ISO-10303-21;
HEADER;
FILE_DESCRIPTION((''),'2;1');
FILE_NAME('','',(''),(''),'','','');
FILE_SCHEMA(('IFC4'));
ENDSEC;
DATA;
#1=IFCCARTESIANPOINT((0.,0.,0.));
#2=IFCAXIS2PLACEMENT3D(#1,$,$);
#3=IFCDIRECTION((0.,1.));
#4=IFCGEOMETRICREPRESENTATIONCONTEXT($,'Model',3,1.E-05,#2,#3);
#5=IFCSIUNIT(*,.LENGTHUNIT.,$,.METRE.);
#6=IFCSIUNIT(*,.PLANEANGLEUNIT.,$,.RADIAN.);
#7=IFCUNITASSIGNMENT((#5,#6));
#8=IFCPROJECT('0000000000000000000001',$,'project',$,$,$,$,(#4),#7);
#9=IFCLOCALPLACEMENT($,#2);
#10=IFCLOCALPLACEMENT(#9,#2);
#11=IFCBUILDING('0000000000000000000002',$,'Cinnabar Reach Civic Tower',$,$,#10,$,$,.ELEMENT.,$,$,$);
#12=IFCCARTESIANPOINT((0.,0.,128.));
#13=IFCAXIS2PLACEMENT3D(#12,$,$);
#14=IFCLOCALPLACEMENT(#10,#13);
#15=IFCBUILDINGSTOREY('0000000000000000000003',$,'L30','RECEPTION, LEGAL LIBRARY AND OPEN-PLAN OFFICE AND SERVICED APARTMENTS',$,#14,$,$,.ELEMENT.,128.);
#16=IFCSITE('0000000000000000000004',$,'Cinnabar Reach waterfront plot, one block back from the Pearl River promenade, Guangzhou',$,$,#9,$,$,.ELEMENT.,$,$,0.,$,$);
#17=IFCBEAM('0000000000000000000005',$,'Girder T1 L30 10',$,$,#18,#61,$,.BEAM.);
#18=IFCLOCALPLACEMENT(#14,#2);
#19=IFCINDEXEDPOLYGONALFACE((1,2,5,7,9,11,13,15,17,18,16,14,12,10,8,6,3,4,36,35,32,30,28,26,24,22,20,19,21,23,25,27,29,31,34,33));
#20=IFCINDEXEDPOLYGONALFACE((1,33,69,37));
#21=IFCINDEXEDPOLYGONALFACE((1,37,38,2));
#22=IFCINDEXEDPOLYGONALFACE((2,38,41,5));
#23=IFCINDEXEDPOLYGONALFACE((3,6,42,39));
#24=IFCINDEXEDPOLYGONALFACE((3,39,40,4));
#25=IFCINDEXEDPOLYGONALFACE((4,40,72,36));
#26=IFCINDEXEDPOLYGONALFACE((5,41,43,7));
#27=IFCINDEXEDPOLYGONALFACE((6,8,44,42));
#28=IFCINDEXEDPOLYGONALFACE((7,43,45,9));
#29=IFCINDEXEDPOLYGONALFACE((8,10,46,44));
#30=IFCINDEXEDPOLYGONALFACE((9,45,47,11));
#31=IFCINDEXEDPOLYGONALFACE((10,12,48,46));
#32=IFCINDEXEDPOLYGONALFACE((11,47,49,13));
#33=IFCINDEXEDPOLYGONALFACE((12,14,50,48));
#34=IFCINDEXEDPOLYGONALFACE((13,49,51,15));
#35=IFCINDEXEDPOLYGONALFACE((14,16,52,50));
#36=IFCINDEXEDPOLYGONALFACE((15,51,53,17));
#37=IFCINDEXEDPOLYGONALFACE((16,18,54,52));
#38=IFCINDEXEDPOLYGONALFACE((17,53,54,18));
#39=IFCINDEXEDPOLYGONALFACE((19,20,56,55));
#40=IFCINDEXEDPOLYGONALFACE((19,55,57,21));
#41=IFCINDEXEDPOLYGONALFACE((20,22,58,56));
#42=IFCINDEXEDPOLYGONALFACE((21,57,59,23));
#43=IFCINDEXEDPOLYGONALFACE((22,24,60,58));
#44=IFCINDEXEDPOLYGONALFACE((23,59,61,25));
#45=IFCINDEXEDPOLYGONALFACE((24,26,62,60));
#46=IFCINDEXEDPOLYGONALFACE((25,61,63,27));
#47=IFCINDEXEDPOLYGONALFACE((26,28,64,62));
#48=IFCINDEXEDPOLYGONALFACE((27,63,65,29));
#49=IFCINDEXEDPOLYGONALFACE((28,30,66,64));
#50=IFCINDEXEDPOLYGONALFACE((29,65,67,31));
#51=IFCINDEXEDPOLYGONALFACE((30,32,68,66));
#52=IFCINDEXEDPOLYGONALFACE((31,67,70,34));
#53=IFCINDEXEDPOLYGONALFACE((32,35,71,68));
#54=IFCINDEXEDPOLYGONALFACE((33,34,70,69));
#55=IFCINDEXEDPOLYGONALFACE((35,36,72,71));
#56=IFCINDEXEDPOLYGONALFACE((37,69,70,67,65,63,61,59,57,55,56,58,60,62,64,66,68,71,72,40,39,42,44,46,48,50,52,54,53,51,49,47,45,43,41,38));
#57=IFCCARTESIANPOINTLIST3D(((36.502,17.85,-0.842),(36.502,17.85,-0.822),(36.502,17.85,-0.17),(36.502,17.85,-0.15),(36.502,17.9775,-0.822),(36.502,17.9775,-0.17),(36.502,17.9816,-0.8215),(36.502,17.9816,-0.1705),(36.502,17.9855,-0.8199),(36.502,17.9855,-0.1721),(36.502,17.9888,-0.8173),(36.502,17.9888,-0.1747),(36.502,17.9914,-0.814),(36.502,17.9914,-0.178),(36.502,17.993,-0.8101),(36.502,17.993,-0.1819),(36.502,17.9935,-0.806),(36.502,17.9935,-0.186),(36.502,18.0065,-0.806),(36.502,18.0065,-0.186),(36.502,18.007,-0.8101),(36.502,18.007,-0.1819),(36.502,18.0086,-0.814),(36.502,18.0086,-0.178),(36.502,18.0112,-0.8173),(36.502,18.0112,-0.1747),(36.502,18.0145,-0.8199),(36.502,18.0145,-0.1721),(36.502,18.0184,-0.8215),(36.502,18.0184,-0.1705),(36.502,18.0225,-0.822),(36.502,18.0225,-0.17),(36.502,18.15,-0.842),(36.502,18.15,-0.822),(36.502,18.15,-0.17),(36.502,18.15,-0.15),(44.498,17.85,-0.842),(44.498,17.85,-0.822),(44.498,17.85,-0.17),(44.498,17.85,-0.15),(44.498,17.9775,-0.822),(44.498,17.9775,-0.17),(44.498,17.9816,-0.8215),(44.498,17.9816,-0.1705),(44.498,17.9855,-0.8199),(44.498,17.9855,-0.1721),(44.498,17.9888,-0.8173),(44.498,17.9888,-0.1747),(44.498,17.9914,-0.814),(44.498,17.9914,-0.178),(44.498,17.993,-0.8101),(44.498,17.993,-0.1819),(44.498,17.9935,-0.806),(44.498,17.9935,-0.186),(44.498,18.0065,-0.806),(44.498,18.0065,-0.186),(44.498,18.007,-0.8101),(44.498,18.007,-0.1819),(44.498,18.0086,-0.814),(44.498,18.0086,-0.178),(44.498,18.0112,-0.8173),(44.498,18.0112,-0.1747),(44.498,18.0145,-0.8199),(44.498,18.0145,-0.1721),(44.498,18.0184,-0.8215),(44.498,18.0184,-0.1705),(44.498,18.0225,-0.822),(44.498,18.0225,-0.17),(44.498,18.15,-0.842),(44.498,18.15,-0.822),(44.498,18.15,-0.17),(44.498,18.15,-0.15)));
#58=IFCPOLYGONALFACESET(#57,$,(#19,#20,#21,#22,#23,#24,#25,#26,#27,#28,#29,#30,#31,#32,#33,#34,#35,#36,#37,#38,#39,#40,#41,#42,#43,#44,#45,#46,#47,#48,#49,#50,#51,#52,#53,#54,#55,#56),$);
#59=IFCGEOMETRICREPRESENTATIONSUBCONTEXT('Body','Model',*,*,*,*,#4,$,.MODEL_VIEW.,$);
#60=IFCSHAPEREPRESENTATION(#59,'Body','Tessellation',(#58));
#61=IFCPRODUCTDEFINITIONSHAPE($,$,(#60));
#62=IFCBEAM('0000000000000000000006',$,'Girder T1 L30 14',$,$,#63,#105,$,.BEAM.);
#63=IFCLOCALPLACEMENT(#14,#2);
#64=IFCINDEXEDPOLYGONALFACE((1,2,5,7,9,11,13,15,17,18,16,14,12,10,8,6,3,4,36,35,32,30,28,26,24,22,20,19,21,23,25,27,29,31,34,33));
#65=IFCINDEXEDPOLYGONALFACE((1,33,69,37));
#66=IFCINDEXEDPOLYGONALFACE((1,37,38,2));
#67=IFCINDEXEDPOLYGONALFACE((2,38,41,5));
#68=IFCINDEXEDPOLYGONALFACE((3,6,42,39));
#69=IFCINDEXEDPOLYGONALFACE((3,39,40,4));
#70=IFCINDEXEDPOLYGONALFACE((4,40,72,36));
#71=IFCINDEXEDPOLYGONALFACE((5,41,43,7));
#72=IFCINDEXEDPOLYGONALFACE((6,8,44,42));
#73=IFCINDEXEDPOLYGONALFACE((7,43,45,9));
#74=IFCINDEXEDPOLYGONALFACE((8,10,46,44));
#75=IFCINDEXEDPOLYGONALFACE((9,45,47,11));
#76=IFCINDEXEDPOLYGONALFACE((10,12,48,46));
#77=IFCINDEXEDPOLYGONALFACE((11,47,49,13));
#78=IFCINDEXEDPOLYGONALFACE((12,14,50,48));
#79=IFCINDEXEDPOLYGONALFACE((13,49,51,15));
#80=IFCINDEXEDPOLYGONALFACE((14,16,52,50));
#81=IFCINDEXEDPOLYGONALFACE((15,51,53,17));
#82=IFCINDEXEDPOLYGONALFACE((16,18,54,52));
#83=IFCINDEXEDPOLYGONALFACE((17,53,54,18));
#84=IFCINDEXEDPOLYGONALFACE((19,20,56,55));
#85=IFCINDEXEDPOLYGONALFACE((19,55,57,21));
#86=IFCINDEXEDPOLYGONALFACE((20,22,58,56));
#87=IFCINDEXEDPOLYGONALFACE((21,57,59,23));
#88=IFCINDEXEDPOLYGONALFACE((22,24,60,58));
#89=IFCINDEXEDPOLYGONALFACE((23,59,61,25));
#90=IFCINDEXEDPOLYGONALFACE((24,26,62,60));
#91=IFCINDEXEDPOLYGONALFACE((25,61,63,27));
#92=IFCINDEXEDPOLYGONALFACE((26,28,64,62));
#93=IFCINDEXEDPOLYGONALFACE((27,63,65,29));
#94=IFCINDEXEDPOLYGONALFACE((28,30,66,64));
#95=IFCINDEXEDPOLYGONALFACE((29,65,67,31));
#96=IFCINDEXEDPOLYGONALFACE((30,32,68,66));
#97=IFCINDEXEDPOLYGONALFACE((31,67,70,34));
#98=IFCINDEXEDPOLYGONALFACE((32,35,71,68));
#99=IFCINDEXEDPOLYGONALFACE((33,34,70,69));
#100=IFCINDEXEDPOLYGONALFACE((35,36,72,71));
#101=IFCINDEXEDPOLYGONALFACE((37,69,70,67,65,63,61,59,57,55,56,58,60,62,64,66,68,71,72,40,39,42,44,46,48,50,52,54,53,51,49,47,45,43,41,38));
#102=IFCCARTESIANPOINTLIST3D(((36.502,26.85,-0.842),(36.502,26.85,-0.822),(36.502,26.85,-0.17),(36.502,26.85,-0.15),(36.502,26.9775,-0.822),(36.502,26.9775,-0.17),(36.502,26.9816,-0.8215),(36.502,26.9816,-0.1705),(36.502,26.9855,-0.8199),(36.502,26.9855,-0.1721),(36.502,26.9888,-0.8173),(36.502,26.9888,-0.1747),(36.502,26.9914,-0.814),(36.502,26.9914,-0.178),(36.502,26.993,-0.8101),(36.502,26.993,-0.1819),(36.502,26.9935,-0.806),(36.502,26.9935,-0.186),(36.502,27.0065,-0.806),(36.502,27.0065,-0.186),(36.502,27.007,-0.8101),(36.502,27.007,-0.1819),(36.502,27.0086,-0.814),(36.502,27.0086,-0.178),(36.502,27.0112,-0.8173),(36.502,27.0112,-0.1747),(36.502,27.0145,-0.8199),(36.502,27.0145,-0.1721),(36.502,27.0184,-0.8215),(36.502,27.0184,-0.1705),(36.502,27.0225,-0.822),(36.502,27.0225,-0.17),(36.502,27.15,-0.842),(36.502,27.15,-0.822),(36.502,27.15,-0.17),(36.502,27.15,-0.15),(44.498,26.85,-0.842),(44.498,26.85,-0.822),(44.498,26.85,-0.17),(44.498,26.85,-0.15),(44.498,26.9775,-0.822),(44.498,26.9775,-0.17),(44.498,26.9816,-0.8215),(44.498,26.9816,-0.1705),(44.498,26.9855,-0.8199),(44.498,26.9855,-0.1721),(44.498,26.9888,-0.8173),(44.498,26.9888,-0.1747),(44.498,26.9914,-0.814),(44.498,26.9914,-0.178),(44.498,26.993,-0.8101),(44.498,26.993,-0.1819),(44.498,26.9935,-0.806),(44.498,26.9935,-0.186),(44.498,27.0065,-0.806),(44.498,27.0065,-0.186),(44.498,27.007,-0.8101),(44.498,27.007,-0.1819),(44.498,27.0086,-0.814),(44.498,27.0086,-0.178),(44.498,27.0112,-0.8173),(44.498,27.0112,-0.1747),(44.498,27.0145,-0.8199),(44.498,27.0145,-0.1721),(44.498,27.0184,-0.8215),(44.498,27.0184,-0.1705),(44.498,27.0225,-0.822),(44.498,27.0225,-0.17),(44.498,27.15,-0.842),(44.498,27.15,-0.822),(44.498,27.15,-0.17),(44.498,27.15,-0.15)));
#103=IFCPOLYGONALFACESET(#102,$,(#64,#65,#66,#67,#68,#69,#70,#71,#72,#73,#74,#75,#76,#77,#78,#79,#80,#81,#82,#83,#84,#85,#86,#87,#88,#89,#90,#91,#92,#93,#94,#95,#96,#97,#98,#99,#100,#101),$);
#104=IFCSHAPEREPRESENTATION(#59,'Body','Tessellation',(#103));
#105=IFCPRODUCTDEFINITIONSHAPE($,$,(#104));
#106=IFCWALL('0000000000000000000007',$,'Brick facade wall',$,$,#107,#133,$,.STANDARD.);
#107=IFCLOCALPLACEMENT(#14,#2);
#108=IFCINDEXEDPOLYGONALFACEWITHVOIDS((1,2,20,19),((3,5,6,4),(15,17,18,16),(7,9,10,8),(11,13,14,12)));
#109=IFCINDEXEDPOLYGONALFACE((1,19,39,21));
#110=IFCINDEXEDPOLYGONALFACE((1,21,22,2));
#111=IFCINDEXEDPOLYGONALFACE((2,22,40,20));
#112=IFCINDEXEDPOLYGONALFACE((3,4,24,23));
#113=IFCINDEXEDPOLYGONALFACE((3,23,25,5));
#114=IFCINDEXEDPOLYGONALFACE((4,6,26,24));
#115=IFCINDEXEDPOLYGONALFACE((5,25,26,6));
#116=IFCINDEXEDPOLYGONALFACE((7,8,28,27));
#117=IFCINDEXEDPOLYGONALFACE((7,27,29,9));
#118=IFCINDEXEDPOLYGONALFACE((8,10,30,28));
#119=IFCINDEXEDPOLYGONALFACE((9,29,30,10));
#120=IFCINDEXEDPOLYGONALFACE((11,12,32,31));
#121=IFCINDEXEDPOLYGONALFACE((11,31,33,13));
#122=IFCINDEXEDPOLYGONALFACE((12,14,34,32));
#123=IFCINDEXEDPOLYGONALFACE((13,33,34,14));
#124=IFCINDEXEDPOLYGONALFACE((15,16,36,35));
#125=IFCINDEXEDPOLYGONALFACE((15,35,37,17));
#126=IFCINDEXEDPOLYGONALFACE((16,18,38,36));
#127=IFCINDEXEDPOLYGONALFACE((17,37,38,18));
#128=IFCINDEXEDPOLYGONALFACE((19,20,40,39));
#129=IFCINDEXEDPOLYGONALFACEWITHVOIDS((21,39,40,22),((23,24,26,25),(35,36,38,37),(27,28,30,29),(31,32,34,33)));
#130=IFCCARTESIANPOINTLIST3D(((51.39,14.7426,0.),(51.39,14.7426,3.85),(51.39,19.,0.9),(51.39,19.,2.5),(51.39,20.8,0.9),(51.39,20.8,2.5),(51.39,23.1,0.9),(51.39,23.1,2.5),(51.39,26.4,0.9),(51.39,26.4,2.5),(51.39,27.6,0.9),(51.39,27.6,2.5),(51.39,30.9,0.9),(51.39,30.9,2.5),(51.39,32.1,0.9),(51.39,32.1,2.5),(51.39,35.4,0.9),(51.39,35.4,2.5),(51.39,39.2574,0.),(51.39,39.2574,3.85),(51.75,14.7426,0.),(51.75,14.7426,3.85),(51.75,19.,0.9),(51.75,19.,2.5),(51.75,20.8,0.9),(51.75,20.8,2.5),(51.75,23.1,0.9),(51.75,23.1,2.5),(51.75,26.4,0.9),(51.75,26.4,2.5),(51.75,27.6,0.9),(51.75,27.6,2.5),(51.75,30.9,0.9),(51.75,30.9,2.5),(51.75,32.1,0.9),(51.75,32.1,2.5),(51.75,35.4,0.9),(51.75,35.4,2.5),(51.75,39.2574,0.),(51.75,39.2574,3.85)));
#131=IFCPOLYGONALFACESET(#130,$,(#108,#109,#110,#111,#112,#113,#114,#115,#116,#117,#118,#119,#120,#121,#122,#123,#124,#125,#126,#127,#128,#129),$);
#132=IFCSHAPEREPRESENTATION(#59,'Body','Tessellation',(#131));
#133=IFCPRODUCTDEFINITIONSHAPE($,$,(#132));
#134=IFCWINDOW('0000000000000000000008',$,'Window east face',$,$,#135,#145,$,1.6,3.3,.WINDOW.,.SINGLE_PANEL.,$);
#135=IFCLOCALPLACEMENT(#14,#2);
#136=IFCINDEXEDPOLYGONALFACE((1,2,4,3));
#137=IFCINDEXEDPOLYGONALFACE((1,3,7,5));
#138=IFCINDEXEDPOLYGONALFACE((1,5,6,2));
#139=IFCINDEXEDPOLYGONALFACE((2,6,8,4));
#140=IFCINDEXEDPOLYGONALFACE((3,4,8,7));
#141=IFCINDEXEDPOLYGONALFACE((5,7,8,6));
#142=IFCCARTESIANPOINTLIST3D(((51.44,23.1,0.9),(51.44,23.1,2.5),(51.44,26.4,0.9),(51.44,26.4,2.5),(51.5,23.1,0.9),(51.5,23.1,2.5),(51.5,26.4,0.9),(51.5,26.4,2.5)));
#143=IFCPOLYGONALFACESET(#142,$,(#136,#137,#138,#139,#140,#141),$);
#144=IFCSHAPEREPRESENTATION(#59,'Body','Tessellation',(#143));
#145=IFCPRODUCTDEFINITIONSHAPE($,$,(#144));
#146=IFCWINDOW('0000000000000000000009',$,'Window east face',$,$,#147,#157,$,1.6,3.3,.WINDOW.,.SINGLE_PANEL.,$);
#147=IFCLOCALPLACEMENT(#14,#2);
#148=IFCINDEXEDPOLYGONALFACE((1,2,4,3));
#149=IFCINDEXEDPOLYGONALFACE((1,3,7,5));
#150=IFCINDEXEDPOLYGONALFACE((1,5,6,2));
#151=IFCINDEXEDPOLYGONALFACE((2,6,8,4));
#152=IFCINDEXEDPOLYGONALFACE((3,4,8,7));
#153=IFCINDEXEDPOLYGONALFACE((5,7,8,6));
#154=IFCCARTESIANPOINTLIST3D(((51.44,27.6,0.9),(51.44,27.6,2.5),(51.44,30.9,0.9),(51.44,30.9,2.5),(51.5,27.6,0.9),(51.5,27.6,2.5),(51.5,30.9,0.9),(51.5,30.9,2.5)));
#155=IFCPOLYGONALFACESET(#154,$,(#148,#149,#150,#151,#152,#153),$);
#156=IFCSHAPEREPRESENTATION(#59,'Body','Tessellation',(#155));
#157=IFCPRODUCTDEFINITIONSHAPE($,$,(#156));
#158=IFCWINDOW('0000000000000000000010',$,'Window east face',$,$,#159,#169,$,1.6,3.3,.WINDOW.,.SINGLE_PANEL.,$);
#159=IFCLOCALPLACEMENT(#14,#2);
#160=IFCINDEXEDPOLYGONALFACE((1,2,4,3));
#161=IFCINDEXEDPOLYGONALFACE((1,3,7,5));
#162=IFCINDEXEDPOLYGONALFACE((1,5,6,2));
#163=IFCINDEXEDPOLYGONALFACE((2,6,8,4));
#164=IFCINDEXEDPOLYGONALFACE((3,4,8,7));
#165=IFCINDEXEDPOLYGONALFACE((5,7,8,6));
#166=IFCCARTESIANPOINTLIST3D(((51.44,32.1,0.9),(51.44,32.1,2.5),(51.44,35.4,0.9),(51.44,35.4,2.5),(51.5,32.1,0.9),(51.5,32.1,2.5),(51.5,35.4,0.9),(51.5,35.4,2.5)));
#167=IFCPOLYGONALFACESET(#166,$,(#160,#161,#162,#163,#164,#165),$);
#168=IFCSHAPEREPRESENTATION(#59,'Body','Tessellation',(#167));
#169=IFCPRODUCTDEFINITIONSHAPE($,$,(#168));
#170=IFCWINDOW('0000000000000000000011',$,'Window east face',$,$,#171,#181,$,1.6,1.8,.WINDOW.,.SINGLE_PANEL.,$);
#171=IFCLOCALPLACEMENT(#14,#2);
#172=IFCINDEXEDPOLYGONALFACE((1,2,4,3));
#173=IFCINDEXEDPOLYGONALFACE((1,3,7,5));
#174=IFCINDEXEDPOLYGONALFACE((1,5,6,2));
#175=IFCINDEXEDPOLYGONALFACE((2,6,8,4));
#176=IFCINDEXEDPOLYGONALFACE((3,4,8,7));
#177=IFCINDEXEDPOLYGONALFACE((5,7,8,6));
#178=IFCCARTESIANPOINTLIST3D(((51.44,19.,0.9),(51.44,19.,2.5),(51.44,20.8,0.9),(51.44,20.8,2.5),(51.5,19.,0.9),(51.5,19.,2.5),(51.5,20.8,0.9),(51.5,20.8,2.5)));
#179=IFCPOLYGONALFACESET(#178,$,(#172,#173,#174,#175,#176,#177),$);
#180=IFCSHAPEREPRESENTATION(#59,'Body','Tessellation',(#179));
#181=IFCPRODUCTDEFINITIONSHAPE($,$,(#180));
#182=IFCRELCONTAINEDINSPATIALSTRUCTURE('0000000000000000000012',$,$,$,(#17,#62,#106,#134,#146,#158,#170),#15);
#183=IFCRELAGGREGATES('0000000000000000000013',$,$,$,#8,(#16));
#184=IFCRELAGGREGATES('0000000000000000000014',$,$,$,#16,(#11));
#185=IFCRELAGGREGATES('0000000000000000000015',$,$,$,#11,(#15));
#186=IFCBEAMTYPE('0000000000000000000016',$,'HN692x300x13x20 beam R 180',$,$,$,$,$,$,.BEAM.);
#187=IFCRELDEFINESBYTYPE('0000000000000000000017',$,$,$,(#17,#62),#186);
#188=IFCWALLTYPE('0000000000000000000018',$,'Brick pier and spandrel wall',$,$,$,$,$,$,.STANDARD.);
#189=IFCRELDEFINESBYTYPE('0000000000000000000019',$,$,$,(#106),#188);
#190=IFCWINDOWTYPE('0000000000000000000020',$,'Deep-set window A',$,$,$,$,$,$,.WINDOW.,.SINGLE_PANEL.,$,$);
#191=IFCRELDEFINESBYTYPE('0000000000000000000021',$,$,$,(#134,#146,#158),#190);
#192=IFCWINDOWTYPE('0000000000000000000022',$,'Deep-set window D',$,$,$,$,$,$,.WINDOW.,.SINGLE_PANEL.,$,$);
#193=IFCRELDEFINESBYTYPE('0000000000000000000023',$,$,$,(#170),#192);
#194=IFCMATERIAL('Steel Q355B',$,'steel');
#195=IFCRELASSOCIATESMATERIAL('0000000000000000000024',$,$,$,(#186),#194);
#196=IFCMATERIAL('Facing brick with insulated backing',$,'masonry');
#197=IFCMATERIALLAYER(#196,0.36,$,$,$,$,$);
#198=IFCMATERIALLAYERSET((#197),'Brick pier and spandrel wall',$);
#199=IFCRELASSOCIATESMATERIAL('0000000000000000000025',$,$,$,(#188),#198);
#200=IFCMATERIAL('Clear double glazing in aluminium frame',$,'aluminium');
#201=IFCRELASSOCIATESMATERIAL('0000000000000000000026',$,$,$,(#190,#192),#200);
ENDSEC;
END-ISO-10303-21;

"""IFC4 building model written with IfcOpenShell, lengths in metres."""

from ifc_helpers import new_model, si_unit, direction, frame, frame_2d, origin, origin_2d, place, context, subcontext, project, spatial, rectangle, i_section, extrude, material, layer, layer_set, material_profile, profile_set, type_object, element, fill, save


model = new_model("IFC4")

# Units and contexts
model_context = context("Model", 3, precision=1e-05, world=origin(), true_north=direction((0.0, 1.0)))
body_context = subcontext(model_context, "Body", "Model", "MODEL_VIEW")
ifc_project = project(units=[si_unit("LENGTHUNIT", "METRE"), si_unit("PLANEANGLEUNIT", "RADIAN")], contexts=[model_context])

# Site, building, storey
site_placement = place(None, origin())
site = spatial("IfcSite", under=ifc_project, at=site_placement, Name="Cinnabar Reach waterfront plot, one block back from the Pearl River promenade, Guangzhou", CompositionType="ELEMENT", RefElevation=0.0)
building_placement = place(site_placement, origin())
building = spatial("IfcBuilding", under=site, at=building_placement, Name="Cinnabar Reach Civic Tower", CompositionType="ELEMENT")
storey_placement = place(building_placement, frame((0.0, 0.0, 128.0)))
storey = spatial("IfcBuildingStorey", under=building, at=storey_placement, Name="L30", Description="RECEPTION, LEGAL LIBRARY AND OPEN-PLAN OFFICE AND SERVICED APARTMENTS", CompositionType="ELEMENT", Elevation=128.0)

# Beams
ifc_material_1 = material(Name="Steel Q355B", Category="steel")
ifc_material_profile_1 = material_profile(ifc_material_1, i_section(OverallWidth=0.3, OverallDepth=0.692, WebThickness=0.013, FlangeThickness=0.02, FilletRadius=0.016, at=origin_2d()), Name="HN692x300x13x20")
ifc_profile_set_1 = profile_set([ifc_material_profile_1], Name="Steel Q355B")
beam_type_1 = type_object("IfcBeamType", Name="HN692x300x13x20 beam R 180", PredefinedType="BEAM", material=ifc_profile_set_1)
for number, where, z_axis, x_axis, name in (
    (1, (36.502, 18.0, -0.496), (1.0, 0.0, 0.0), (0.0, 1.0, 0.0), "Girder T1 L30 10"),
    (2, (36.502, 27.0, -0.496), (1.0, 0.0, 0.0), (0.0, 1.0, 0.0), "Girder T1 L30 14"),
):
    element("IfcBeam", number, at=place(storey_placement, frame(where, z_axis=z_axis, x_axis=x_axis)), inside=storey, type_object=beam_type_1, Name=name, PredefinedType="BEAM", context=body_context, shape_type="SweptSolid", body=[
        extrude(i_section(OverallWidth=0.3, OverallDepth=0.692, WebThickness=0.013, FlangeThickness=0.02, FilletRadius=0.016, at=origin_2d()), origin(), (0.0, 0.0, 1.0), 7.996),
    ])

# Wall, openings, windows
ifc_material_2 = material(Name="Facing brick with insulated backing", Category="masonry")
ifc_layer_1 = layer(ifc_material_2, 0.36)
ifc_layer_set_1 = layer_set([ifc_layer_1], Name="Brick pier and spandrel wall")
wall_type_1 = type_object("IfcWallType", Name="Brick pier and spandrel wall", PredefinedType="STANDARD", material=ifc_layer_set_1)
wall_1_placement = place(storey_placement, frame((51.57, 14.7426, 0.0), z_axis=(0.0, 0.0, 1.0), x_axis=(0.0, 1.0, 0.0)))
wall_1 = element("IfcWall", 3, at=wall_1_placement, inside=storey, type_object=wall_type_1, Name="Brick facade wall", PredefinedType="STANDARD", context=body_context, shape_type="SweptSolid", body=[
    extrude(rectangle(XDim=24.5148, YDim=0.36, at=frame_2d((12.2574, 0.0))), origin(), (0.0, 0.0, 1.0), 3.85),
])
opening_1_placement = place(wall_1_placement, frame((4.2574, 0.0, 0.9)))
opening_1 = element("IfcOpeningElement", 4, at=opening_1_placement, cuts=wall_1, PredefinedType="OPENING", context=body_context, shape_type="SweptSolid", body=[
    extrude(rectangle(XDim=1.8, YDim=1.6, at=frame_2d((0.9, 0.8))), frame((0.0, 0.19, 0.0), z_axis=(0.0, -1.0, 0.0), x_axis=(1.0, 0.0, 0.0)), (0.0, 0.0, 1.0), 0.38),
])
opening_2_placement = place(wall_1_placement, frame((8.3574, 0.0, 0.9)))
opening_2 = element("IfcOpeningElement", 5, at=opening_2_placement, cuts=wall_1, PredefinedType="OPENING", context=body_context, shape_type="SweptSolid", body=[
    extrude(rectangle(XDim=3.3, YDim=1.6, at=frame_2d((1.65, 0.8))), frame((0.0, 0.19, 0.0), z_axis=(0.0, -1.0, 0.0), x_axis=(1.0, 0.0, 0.0)), (0.0, 0.0, 1.0), 0.38),
])
opening_3_placement = place(wall_1_placement, frame((12.8574, 0.0, 0.9)))
opening_3 = element("IfcOpeningElement", 6, at=opening_3_placement, cuts=wall_1, PredefinedType="OPENING", context=body_context, shape_type="SweptSolid", body=[
    extrude(rectangle(XDim=3.3, YDim=1.6, at=frame_2d((1.65, 0.8))), frame((0.0, 0.19, 0.0), z_axis=(0.0, -1.0, 0.0), x_axis=(1.0, 0.0, 0.0)), (0.0, 0.0, 1.0), 0.38),
])
opening_4_placement = place(wall_1_placement, frame((17.3574, 0.0, 0.9)))
opening_4 = element("IfcOpeningElement", 7, at=opening_4_placement, cuts=wall_1, PredefinedType="OPENING", context=body_context, shape_type="SweptSolid", body=[
    extrude(rectangle(XDim=3.3, YDim=1.6, at=frame_2d((1.65, 0.8))), frame((0.0, 0.19, 0.0), z_axis=(0.0, -1.0, 0.0), x_axis=(1.0, 0.0, 0.0)), (0.0, 0.0, 1.0), 0.38),
])
ifc_material_3 = material(Name="Clear double glazing in aluminium frame", Category="aluminium")
window_type_1 = type_object("IfcWindowType", Name="Deep-set window A", PartitioningType="SINGLE_PANEL", PredefinedType="WINDOW", material=ifc_material_3)
window_1_placement = place(opening_2_placement, origin())
window_1 = element("IfcWindow", 8, at=window_1_placement, inside=storey, type_object=window_type_1, Name="Window east face", OverallHeight=1.6, OverallWidth=3.3, PartitioningType="SINGLE_PANEL", PredefinedType="WINDOW", context=body_context, shape_type="SweptSolid", body=[
    extrude(rectangle(XDim=3.3, YDim=1.6, at=frame_2d((1.65, 0.8))), frame((0.0, 0.13, 0.0), z_axis=(0.0, -1.0, 0.0), x_axis=(1.0, 0.0, 0.0)), (0.0, 0.0, 1.0), 0.06),
])
fill(opening_2, window_1)
window_2_placement = place(opening_3_placement, origin())
window_2 = element("IfcWindow", 9, at=window_2_placement, inside=storey, type_object=window_type_1, Name="Window east face", OverallHeight=1.6, OverallWidth=3.3, PartitioningType="SINGLE_PANEL", PredefinedType="WINDOW", context=body_context, shape_type="SweptSolid", body=[
    extrude(rectangle(XDim=3.3, YDim=1.6, at=frame_2d((1.65, 0.8))), frame((0.0, 0.13, 0.0), z_axis=(0.0, -1.0, 0.0), x_axis=(1.0, 0.0, 0.0)), (0.0, 0.0, 1.0), 0.06),
])
fill(opening_3, window_2)
window_3_placement = place(opening_4_placement, origin())
window_3 = element("IfcWindow", 10, at=window_3_placement, inside=storey, type_object=window_type_1, Name="Window east face", OverallHeight=1.6, OverallWidth=3.3, PartitioningType="SINGLE_PANEL", PredefinedType="WINDOW", context=body_context, shape_type="SweptSolid", body=[
    extrude(rectangle(XDim=3.3, YDim=1.6, at=frame_2d((1.65, 0.8))), frame((0.0, 0.13, 0.0), z_axis=(0.0, -1.0, 0.0), x_axis=(1.0, 0.0, 0.0)), (0.0, 0.0, 1.0), 0.06),
])
fill(opening_4, window_3)
window_type_2 = type_object("IfcWindowType", Name="Deep-set window D", PartitioningType="SINGLE_PANEL", PredefinedType="WINDOW", material=ifc_material_3)
window_4_placement = place(opening_1_placement, origin())
window_4 = element("IfcWindow", 11, at=window_4_placement, inside=storey, type_object=window_type_2, Name="Window east face", OverallHeight=1.6, OverallWidth=1.8, PartitioningType="SINGLE_PANEL", PredefinedType="WINDOW", context=body_context, shape_type="SweptSolid", body=[
    extrude(rectangle(XDim=1.8, YDim=1.6, at=frame_2d((0.9, 0.8))), frame((0.0, 0.13, 0.0), z_axis=(0.0, -1.0, 0.0), x_axis=(1.0, 0.0, 0.0)), (0.0, 0.0, 1.0), 0.06),
])
fill(opening_1, window_4)

save(model, "model.ifc")
